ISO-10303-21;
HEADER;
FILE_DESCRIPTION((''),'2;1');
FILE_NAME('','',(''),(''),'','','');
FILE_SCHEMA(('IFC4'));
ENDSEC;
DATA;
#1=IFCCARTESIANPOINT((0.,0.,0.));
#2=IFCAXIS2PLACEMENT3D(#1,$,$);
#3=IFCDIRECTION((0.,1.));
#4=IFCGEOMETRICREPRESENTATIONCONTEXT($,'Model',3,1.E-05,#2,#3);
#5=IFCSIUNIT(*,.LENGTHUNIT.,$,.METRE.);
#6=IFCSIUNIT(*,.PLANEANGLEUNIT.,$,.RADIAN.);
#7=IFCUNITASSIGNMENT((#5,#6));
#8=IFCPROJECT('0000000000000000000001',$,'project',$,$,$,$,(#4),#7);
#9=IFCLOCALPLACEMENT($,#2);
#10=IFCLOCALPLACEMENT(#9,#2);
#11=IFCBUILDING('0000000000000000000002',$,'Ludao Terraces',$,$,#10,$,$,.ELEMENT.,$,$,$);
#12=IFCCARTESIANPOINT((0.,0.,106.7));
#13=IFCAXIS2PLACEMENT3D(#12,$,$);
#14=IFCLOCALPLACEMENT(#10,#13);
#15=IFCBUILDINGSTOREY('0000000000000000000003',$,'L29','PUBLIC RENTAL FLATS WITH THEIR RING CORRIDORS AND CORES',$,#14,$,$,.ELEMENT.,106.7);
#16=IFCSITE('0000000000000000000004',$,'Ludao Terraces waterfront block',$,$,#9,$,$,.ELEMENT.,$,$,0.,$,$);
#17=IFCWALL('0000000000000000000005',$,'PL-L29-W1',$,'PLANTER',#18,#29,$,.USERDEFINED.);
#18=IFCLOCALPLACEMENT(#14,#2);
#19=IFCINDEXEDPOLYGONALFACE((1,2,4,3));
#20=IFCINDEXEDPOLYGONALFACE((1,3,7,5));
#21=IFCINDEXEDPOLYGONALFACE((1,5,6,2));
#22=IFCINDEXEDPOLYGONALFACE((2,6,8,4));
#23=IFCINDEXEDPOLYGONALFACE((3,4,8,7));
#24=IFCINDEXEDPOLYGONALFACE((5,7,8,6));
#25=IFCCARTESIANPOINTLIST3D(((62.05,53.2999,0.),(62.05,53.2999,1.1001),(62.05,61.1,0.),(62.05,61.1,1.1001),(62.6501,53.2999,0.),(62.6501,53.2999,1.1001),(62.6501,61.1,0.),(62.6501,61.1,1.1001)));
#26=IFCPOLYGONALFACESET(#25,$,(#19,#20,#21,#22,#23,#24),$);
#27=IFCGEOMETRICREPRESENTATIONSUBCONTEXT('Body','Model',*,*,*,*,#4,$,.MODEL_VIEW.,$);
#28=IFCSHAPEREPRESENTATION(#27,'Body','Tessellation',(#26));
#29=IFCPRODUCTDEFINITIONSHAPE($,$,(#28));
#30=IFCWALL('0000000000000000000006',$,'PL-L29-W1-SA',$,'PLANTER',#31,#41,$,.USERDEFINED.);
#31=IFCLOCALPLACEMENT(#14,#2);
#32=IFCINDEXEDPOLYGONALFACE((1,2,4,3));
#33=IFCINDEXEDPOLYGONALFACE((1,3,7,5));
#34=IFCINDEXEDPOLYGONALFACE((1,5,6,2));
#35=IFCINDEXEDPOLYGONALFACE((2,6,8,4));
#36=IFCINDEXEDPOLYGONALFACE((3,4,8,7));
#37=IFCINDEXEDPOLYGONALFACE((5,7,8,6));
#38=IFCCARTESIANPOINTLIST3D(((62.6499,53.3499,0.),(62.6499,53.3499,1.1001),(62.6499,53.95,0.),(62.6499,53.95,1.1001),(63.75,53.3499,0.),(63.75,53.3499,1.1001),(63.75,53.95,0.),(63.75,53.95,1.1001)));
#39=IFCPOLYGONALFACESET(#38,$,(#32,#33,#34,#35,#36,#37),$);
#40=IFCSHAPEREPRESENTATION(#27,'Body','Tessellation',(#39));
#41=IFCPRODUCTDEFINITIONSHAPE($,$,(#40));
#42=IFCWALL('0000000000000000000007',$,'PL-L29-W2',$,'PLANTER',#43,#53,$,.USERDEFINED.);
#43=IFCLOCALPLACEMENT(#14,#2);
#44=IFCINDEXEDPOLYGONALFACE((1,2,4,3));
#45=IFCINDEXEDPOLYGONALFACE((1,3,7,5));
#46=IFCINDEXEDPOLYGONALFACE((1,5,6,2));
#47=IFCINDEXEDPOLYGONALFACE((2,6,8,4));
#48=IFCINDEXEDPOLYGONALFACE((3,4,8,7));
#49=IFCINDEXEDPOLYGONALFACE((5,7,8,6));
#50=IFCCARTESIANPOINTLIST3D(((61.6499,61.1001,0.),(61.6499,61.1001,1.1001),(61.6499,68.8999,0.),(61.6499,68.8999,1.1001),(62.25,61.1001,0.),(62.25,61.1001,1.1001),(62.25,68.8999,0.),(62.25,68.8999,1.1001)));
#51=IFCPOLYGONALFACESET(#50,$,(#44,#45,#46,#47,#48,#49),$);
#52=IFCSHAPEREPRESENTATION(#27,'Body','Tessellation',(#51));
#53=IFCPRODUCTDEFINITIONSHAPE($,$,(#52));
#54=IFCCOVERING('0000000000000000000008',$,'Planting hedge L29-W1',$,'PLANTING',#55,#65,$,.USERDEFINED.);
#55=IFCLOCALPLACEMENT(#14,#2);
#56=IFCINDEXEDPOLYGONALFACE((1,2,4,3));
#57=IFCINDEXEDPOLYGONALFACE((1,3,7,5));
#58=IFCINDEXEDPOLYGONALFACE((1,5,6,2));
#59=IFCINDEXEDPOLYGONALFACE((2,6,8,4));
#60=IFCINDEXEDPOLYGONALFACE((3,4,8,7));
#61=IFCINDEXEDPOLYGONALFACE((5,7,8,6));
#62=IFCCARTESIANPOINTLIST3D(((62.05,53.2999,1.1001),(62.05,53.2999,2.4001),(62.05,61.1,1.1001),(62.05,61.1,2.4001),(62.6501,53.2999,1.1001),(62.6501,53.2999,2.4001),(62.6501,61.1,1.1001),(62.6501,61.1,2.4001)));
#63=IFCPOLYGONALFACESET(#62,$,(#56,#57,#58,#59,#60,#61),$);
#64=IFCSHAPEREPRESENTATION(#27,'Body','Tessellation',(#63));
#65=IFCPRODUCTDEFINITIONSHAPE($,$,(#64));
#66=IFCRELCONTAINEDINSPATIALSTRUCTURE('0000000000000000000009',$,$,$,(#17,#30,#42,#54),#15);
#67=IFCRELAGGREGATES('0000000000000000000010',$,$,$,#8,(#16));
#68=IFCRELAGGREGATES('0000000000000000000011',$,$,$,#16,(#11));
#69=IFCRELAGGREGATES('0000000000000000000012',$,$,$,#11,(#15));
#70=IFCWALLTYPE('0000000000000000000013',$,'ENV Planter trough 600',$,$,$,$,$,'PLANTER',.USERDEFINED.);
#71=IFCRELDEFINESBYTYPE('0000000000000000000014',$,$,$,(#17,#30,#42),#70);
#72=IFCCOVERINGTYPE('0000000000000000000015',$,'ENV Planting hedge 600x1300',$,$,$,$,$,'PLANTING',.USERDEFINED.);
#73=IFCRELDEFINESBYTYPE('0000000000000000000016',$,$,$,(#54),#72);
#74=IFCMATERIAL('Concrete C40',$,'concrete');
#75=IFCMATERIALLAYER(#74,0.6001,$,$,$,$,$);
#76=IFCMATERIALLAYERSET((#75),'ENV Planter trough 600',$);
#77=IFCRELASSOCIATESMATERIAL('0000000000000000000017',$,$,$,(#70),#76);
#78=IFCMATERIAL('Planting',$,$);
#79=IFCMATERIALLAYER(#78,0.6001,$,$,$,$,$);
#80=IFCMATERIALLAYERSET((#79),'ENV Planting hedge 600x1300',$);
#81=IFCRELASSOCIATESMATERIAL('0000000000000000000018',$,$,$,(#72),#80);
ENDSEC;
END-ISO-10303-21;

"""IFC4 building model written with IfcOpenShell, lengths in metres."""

from ifc_helpers import new_model, si_unit, direction, frame, frame_2d, origin, origin_2d, place, context, subcontext, project, spatial, rectangle, extrude, material, layer, layer_set, type_object, element, save


model = new_model("IFC4")

# Units and contexts
model_context = context("Model", 3, precision=1e-05, world=origin(), true_north=direction((0.0, 1.0)))
body_context = subcontext(model_context, "Body", "Model", "MODEL_VIEW")
ifc_project = project(units=[si_unit("LENGTHUNIT", "METRE"), si_unit("PLANEANGLEUNIT", "RADIAN")], contexts=[model_context])

# Site, building, storey
site_placement = place(None, origin())
site = spatial("IfcSite", under=ifc_project, at=site_placement, Name="Ludao Terraces waterfront block", CompositionType="ELEMENT", RefElevation=0.0)
building_placement = place(site_placement, origin())
building = spatial("IfcBuilding", under=site, at=building_placement, Name="Ludao Terraces", CompositionType="ELEMENT")
storey_placement = place(building_placement, frame((0.0, 0.0, 106.7)))
storey = spatial("IfcBuildingStorey", under=building, at=storey_placement, Name="L29", Description="PUBLIC RENTAL FLATS WITH THEIR RING CORRIDORS AND CORES", CompositionType="ELEMENT", Elevation=106.7)

# Shared definitions
ifc_material_1 = material(Name="Concrete C40", Category="concrete")

# Walls
ifc_layer_1 = layer(ifc_material_1, 0.6001)
ifc_layer_set_1 = layer_set([ifc_layer_1], Name="ENV Planter trough 600")
wall_type = type_object("IfcWallType", Name="ENV Planter trough 600", ElementType="PLANTER", PredefinedType="USERDEFINED", material=ifc_layer_set_1)
wall_1_placement = place(storey_placement, frame((62.3501, 53.3, 0.0), z_axis=(0.0, 0.0, 1.0), x_axis=(0.0, 1.0, 0.0)))
element("IfcWall", 1, at=wall_1_placement, inside=storey, type_object=wall_type, Name="PL-L29-W1", ObjectType="PLANTER", PredefinedType="USERDEFINED", context=body_context, shape_type="SweptSolid", body=[
    extrude(rectangle(XDim=7.8, YDim=0.6001, at=frame_2d((3.8999, 0.0))), origin(), (0.0, 0.0, 1.0), 1.1001),
])
wall_2_placement = place(storey_placement, frame((62.6499, 53.6499, 0.0), z_axis=(0.0, 0.0, 1.0), x_axis=(1.0, 0.0, 0.0)))
element("IfcWall", 2, at=wall_2_placement, inside=storey, type_object=wall_type, Name="PL-L29-W1-SA", ObjectType="PLANTER", PredefinedType="USERDEFINED", context=body_context, shape_type="SweptSolid", body=[
    extrude(rectangle(XDim=1.1001, YDim=0.6001, at=frame_2d((0.55, 0.0))), origin(), (0.0, 0.0, 1.0), 1.1001),
])
wall_3_placement = place(storey_placement, frame((61.95, 61.1001, 0.0), z_axis=(0.0, 0.0, 1.0), x_axis=(0.0, 1.0, 0.0)))
element("IfcWall", 3, at=wall_3_placement, inside=storey, type_object=wall_type, Name="PL-L29-W2", ObjectType="PLANTER", PredefinedType="USERDEFINED", context=body_context, shape_type="SweptSolid", body=[
    extrude(rectangle(XDim=7.7998, YDim=0.6001, at=frame_2d((3.8999, 0.0))), origin(), (0.0, 0.0, 1.0), 1.1001),
])

# Covering
ifc_material_2 = material(Name="Planting")
ifc_layer_2 = layer(ifc_material_2, 0.6001)
ifc_layer_set_2 = layer_set([ifc_layer_2], Name="ENV Planting hedge 600x1300")
covering_type = type_object("IfcCoveringType", Name="ENV Planting hedge 600x1300", ElementType="PLANTING", PredefinedType="USERDEFINED", material=ifc_layer_set_2)
covering_placement = place(storey_placement, frame((62.3501, 57.2, 1.1001), z_axis=(0.0, 0.0, 1.0), x_axis=(1.0, 0.0, 0.0)))
element("IfcCovering", 4, at=covering_placement, inside=storey, type_object=covering_type, Name="Planting hedge L29-W1", ObjectType="PLANTING", PredefinedType="USERDEFINED", context=body_context, shape_type="SweptSolid", body=[
    extrude(rectangle(XDim=0.6001, YDim=7.8, at=origin_2d()), origin(), (0.0, 0.0, 1.0), 1.3),
])

save(model, "model.ifc")
